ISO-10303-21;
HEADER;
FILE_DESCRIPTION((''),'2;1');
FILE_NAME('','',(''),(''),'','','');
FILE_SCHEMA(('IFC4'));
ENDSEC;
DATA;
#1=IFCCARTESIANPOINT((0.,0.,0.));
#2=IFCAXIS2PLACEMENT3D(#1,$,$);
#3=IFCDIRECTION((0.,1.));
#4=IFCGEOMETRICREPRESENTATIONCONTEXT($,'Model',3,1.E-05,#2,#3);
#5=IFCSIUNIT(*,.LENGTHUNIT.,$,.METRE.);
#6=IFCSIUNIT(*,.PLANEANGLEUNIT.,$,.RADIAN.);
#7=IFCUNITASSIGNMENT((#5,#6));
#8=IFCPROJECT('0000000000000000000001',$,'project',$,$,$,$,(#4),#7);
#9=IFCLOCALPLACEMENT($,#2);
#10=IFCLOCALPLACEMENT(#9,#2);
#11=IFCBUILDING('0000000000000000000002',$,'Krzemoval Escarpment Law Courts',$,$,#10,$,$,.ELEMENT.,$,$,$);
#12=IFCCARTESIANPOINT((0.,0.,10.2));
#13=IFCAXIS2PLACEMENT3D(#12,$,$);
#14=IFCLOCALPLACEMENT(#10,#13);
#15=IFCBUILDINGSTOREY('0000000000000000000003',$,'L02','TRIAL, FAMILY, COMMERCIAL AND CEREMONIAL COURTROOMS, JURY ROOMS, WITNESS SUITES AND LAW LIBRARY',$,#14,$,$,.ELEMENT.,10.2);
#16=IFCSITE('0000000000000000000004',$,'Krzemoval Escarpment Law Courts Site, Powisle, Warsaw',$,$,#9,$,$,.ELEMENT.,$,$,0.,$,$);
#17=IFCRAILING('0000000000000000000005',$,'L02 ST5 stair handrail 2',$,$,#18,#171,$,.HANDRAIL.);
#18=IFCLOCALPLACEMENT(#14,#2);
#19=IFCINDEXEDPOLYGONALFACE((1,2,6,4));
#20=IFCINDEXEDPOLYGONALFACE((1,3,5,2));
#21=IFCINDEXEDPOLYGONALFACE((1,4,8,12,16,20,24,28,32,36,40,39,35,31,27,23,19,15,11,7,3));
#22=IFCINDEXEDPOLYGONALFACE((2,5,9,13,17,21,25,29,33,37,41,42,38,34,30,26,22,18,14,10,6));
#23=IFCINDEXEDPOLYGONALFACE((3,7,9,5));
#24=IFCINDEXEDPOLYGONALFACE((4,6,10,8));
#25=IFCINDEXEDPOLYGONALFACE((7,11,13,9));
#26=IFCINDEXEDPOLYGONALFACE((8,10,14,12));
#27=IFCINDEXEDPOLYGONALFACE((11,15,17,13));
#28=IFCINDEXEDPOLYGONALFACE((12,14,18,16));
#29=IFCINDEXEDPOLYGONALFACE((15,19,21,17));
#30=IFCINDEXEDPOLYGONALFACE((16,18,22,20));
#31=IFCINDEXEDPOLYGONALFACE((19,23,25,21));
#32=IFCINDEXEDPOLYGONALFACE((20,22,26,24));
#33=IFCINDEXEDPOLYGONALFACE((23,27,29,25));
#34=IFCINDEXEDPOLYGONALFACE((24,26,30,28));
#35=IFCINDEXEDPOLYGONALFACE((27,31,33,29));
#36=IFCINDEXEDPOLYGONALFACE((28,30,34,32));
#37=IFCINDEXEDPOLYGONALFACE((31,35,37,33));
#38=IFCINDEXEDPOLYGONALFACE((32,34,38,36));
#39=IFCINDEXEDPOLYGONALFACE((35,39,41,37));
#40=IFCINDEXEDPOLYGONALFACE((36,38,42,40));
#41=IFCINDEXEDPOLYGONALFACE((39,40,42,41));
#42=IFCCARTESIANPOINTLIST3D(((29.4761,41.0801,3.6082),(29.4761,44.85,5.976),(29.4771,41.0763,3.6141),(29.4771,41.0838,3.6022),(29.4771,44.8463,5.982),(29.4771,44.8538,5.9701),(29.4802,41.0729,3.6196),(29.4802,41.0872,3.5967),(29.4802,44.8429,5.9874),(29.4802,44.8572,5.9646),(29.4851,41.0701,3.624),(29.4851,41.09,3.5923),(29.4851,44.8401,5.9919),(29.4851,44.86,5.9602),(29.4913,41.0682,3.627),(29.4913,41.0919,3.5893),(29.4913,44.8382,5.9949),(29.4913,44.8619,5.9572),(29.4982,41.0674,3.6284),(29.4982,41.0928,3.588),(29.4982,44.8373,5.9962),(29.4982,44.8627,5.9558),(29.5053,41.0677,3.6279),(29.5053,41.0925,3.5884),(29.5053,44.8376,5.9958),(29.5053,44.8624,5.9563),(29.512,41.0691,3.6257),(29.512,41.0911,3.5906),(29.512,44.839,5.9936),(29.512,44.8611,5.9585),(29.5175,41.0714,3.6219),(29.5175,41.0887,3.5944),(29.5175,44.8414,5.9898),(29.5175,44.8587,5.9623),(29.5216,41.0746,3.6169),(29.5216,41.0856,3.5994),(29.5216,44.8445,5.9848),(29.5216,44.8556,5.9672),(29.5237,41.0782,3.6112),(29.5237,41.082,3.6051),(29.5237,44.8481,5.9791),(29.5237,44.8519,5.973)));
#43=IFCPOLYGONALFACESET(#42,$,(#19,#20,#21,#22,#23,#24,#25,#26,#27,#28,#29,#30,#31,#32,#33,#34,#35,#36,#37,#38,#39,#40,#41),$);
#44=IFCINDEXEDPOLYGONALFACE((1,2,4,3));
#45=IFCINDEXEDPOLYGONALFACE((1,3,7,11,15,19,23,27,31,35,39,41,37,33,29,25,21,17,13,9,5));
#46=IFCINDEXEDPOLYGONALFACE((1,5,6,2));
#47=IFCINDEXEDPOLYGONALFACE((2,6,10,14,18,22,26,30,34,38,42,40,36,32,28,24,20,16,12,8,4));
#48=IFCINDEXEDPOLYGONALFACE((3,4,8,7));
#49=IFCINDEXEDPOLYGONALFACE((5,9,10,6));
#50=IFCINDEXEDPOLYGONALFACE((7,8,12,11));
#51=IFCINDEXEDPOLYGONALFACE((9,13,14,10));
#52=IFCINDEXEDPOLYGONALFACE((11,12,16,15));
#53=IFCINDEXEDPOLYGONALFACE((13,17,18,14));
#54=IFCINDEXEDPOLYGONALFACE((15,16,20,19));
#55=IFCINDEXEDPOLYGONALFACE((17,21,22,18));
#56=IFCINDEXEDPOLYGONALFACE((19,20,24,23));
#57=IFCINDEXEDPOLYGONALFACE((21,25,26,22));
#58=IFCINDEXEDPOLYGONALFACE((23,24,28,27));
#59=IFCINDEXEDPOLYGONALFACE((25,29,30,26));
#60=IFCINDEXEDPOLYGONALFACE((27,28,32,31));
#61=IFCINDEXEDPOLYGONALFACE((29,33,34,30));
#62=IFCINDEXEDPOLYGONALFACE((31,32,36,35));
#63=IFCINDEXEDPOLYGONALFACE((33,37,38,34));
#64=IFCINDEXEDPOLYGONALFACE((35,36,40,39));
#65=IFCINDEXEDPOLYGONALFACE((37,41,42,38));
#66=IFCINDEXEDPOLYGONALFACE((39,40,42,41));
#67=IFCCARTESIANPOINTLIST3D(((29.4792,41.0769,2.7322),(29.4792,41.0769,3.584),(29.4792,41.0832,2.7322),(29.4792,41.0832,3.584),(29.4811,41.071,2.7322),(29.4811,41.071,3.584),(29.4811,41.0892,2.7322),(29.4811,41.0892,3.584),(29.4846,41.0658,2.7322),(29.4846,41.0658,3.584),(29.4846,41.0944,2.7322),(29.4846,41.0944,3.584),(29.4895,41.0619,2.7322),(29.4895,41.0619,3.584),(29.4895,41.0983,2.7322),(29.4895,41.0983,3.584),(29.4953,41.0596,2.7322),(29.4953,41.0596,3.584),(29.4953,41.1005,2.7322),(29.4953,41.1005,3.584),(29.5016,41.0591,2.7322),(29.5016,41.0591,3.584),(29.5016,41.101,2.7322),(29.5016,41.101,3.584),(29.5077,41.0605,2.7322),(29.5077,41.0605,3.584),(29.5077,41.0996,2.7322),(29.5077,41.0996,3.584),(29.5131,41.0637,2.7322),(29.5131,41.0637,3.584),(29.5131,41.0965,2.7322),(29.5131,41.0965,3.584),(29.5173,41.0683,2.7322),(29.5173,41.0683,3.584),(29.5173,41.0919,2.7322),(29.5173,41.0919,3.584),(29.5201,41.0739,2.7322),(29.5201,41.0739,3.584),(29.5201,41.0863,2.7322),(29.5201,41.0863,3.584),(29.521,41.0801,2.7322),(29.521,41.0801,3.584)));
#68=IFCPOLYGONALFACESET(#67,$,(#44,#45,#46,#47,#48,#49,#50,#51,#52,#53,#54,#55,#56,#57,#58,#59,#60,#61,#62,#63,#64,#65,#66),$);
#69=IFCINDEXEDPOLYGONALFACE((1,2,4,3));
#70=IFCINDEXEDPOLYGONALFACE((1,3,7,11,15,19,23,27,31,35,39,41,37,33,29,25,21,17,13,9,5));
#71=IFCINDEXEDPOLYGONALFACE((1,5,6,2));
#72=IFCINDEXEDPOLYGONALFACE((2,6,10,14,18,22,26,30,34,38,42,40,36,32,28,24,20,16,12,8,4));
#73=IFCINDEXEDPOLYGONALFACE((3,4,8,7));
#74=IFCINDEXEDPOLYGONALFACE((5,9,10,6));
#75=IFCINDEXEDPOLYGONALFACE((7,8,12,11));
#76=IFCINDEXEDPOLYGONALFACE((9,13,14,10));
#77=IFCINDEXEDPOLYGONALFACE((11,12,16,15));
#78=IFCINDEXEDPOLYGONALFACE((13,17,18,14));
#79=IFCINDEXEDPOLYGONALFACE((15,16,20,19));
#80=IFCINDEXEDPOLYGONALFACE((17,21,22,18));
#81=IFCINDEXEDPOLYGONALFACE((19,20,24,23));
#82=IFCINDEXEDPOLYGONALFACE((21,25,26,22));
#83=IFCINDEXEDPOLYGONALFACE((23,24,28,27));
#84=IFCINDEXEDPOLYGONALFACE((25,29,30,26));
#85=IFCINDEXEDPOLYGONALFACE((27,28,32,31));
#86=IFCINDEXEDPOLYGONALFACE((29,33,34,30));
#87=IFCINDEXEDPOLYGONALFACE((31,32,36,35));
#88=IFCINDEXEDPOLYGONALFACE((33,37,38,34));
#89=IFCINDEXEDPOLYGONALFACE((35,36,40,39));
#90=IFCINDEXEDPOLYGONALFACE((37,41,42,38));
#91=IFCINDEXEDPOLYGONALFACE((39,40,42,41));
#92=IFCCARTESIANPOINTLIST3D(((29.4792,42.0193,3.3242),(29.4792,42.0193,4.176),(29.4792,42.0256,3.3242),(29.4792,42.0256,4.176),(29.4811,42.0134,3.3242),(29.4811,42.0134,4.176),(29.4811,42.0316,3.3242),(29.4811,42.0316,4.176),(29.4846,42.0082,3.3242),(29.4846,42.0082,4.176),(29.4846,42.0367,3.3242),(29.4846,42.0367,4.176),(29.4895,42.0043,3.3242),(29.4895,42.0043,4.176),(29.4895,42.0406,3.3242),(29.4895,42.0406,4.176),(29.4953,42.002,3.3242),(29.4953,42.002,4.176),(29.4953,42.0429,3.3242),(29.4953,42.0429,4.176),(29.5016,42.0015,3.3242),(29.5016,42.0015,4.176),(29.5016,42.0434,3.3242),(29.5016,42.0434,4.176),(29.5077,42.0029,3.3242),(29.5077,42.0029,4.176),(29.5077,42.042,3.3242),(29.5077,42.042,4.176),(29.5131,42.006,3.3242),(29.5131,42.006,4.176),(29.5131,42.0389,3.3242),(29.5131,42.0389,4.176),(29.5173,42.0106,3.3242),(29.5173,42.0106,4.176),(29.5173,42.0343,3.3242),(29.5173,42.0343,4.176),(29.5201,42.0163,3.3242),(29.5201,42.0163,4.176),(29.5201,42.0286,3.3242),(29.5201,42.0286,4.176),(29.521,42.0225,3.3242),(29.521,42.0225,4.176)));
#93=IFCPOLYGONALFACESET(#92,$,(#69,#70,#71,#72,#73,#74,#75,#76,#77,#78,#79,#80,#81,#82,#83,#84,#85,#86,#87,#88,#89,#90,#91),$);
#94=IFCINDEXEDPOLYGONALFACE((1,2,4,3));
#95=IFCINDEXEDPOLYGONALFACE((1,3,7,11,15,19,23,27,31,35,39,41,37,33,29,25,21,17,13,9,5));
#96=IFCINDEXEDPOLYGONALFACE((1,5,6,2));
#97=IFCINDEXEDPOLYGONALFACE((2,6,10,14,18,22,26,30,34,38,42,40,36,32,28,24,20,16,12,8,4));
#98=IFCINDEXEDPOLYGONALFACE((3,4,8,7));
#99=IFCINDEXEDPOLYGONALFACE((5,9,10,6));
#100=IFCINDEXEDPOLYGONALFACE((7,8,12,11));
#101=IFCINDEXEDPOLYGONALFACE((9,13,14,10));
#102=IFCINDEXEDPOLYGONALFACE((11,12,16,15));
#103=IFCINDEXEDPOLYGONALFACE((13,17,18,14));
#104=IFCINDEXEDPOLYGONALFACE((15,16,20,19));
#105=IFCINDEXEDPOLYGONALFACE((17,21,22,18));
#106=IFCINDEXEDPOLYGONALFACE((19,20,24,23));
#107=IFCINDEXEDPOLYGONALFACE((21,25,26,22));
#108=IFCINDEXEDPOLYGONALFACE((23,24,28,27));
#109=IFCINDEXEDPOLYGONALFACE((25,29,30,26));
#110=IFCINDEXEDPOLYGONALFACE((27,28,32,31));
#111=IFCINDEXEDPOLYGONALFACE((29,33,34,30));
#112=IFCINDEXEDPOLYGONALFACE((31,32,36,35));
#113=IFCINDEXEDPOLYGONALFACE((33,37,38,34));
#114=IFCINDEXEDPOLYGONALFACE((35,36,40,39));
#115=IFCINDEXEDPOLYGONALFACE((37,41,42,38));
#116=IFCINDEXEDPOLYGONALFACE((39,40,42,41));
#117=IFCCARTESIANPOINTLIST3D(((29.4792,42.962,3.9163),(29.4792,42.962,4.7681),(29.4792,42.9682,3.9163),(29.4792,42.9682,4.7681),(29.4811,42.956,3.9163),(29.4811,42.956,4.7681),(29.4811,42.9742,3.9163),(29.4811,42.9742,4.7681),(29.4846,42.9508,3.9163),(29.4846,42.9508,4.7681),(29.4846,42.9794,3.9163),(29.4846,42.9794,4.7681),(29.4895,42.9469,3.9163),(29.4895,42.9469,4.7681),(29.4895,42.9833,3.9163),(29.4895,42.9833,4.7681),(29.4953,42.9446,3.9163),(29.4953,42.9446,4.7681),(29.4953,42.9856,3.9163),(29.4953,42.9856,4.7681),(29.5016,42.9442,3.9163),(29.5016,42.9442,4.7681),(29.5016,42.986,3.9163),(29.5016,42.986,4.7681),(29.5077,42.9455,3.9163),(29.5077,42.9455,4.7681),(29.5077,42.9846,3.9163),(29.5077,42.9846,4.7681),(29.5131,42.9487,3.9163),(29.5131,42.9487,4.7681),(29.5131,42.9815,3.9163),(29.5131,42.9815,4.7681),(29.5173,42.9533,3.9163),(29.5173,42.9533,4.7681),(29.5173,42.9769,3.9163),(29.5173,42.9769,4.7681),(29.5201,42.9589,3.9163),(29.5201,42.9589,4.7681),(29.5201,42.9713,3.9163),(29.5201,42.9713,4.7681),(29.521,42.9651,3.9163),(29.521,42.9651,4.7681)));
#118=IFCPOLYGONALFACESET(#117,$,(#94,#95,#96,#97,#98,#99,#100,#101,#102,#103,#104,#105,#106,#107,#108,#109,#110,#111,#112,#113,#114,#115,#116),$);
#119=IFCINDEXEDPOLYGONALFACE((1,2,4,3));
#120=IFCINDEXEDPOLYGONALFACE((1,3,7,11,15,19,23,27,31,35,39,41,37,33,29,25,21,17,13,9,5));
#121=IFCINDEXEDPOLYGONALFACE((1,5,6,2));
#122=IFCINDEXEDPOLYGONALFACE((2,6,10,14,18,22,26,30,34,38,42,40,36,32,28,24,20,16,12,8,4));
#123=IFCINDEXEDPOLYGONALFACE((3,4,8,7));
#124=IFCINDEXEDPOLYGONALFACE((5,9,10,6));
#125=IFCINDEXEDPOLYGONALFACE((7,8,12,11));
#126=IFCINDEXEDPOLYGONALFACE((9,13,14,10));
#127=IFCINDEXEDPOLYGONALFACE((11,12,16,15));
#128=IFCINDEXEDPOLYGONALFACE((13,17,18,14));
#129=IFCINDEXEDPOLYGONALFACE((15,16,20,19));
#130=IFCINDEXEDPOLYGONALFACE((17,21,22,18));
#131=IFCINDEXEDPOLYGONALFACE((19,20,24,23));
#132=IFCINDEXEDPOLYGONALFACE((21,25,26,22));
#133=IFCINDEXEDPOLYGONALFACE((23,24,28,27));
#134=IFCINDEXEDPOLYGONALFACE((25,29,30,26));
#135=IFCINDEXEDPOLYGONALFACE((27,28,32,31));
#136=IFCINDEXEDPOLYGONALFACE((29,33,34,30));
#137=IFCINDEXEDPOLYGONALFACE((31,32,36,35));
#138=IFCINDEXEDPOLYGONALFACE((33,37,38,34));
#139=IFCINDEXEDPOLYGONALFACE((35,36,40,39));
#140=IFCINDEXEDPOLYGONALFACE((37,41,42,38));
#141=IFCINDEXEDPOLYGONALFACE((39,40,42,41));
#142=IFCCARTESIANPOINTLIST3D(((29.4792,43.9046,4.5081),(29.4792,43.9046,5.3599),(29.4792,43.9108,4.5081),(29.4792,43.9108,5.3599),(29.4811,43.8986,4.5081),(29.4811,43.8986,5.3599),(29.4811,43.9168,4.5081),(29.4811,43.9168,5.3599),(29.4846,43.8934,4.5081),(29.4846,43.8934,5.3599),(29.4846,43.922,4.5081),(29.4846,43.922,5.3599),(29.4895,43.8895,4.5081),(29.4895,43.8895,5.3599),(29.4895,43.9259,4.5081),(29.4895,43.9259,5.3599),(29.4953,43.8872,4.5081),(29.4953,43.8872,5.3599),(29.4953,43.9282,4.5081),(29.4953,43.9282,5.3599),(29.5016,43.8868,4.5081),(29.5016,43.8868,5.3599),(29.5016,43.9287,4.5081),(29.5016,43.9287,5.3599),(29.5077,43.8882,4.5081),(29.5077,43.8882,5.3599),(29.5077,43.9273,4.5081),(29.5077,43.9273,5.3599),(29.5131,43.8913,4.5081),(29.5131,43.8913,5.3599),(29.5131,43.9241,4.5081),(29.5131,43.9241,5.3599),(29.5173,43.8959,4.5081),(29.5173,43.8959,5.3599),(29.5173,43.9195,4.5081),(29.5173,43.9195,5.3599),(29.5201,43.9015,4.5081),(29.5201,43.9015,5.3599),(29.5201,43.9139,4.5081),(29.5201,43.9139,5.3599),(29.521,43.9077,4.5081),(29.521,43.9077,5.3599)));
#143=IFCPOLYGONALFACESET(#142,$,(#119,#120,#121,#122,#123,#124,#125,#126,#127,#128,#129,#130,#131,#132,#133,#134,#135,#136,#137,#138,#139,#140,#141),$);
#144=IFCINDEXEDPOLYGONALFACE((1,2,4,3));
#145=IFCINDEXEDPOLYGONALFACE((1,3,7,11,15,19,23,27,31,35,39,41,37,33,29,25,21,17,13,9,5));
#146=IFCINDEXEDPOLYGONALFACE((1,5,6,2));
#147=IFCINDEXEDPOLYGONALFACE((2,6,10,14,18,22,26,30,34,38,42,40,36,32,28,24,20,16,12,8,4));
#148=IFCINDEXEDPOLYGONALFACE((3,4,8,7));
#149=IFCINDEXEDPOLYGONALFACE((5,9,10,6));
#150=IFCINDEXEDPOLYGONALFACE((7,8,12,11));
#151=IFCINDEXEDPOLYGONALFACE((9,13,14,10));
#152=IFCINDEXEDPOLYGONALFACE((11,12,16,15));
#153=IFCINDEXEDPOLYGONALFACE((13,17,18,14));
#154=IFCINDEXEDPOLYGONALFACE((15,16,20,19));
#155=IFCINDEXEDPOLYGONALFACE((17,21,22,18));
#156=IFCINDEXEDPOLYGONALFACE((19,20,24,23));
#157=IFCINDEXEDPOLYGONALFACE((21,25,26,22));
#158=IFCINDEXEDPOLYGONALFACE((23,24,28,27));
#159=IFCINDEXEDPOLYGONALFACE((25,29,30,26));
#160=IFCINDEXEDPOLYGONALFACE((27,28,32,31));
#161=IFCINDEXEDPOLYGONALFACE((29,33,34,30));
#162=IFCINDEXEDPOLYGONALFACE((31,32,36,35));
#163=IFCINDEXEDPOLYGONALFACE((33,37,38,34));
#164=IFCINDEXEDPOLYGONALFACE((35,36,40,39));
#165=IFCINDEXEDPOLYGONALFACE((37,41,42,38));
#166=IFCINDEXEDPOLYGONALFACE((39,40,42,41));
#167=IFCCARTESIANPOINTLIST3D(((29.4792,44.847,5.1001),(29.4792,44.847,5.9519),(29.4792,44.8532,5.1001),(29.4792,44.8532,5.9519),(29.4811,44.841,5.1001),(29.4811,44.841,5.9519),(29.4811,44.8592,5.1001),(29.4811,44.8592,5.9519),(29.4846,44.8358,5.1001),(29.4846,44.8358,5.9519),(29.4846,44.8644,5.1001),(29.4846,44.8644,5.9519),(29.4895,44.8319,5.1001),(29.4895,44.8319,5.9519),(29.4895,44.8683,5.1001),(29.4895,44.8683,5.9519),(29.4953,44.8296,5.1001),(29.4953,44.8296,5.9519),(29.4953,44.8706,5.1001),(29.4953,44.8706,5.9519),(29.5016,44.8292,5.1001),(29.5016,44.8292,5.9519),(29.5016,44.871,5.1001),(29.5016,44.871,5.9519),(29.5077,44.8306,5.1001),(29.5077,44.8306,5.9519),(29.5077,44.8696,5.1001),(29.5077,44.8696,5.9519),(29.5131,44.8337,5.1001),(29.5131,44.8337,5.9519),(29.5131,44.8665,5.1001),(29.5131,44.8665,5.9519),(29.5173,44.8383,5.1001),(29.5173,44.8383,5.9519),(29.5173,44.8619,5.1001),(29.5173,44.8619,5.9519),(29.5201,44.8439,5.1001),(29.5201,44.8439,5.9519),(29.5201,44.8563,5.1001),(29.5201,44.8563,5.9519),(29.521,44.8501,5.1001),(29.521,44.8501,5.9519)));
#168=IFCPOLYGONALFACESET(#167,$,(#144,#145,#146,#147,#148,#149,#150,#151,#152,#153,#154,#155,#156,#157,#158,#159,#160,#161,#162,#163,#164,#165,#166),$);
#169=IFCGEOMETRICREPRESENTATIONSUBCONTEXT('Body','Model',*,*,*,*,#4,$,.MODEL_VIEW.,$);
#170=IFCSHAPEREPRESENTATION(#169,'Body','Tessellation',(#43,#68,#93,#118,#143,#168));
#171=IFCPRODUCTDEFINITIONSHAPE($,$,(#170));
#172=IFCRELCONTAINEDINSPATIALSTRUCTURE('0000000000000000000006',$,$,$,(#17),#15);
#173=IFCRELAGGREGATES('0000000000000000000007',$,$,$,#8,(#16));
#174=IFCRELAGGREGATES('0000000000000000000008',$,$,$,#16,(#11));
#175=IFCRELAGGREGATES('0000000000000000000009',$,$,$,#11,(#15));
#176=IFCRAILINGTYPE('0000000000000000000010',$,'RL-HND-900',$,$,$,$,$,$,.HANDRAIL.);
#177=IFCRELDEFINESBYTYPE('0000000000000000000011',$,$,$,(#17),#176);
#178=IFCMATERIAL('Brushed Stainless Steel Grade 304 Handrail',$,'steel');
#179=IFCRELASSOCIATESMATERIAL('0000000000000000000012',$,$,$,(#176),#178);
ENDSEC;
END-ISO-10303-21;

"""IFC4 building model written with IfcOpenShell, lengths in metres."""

from ifc_helpers import new_model, si_unit, direction, frame, origin, origin_2d, place, context, subcontext, project, spatial, circle, extrude, material, type_object, element, save


model = new_model("IFC4")

# Units and contexts
model_context = context("Model", 3, precision=1e-05, world=origin(), true_north=direction((0.0, 1.0)))
body_context = subcontext(model_context, "Body", "Model", "MODEL_VIEW")
ifc_project = project(units=[si_unit("LENGTHUNIT", "METRE"), si_unit("PLANEANGLEUNIT", "RADIAN")], contexts=[model_context])

# Site, building, storey
site_placement = place(None, origin())
site = spatial("IfcSite", under=ifc_project, at=site_placement, Name="Krzemoval Escarpment Law Courts Site, Powisle, Warsaw", CompositionType="ELEMENT", RefElevation=0.0)
building_placement = place(site_placement, origin())
building = spatial("IfcBuilding", under=site, at=building_placement, Name="Krzemoval Escarpment Law Courts", CompositionType="ELEMENT")
storey_placement = place(building_placement, frame((0.0, 0.0, 10.2)))
storey = spatial("IfcBuildingStorey", under=building, at=storey_placement, Name="L02", Description="TRIAL, FAMILY, COMMERCIAL AND CEREMONIAL COURTROOMS, JURY ROOMS, WITNESS SUITES AND LAW LIBRARY", CompositionType="ELEMENT", Elevation=10.2)

# Railing
ifc_material_1 = material(Name="Brushed Stainless Steel Grade 304 Handrail", Category="steel")
railing_type_1 = type_object("IfcRailingType", Name="RL-HND-900", PredefinedType="HANDRAIL", material=ifc_material_1)
railing_1_placement = place(storey_placement, frame((29.5, 41.0801, 2.7322)))
element("IfcRailing", 1, at=railing_1_placement, inside=storey, type_object=railing_type_1, Name="L02 ST5 stair handrail 2", PredefinedType="HANDRAIL", context=body_context, shape_type="SweptSolid", body=[
    extrude(circle(Radius=0.0239, at=origin_2d()), frame((0.0, 0.0, 0.876), z_axis=(0.0, 0.846819, 0.531881), x_axis=(-1.0, 0.0, 0.0)), (0.0, 0.0, 1.0), 4.4519),
    extrude(circle(Radius=0.021, at=origin_2d()), origin(), (0.0, 0.0, 1.0), 0.8518),
    extrude(circle(Radius=0.021, at=origin_2d()), frame((0.0, 0.9424, 0.592)), (0.0, 0.0, 1.0), 0.8518),
    extrude(circle(Radius=0.021, at=origin_2d()), frame((0.0, 1.885, 1.1841)), (0.0, 0.0, 1.0), 0.8518),
    extrude(circle(Radius=0.021, at=origin_2d()), frame((0.0, 2.8276, 1.7759)), (0.0, 0.0, 1.0), 0.8518),
    extrude(circle(Radius=0.021, at=origin_2d()), frame((0.0, 3.77, 2.3679)), (0.0, 0.0, 1.0), 0.8518),
])

save(model, "model.ifc")
